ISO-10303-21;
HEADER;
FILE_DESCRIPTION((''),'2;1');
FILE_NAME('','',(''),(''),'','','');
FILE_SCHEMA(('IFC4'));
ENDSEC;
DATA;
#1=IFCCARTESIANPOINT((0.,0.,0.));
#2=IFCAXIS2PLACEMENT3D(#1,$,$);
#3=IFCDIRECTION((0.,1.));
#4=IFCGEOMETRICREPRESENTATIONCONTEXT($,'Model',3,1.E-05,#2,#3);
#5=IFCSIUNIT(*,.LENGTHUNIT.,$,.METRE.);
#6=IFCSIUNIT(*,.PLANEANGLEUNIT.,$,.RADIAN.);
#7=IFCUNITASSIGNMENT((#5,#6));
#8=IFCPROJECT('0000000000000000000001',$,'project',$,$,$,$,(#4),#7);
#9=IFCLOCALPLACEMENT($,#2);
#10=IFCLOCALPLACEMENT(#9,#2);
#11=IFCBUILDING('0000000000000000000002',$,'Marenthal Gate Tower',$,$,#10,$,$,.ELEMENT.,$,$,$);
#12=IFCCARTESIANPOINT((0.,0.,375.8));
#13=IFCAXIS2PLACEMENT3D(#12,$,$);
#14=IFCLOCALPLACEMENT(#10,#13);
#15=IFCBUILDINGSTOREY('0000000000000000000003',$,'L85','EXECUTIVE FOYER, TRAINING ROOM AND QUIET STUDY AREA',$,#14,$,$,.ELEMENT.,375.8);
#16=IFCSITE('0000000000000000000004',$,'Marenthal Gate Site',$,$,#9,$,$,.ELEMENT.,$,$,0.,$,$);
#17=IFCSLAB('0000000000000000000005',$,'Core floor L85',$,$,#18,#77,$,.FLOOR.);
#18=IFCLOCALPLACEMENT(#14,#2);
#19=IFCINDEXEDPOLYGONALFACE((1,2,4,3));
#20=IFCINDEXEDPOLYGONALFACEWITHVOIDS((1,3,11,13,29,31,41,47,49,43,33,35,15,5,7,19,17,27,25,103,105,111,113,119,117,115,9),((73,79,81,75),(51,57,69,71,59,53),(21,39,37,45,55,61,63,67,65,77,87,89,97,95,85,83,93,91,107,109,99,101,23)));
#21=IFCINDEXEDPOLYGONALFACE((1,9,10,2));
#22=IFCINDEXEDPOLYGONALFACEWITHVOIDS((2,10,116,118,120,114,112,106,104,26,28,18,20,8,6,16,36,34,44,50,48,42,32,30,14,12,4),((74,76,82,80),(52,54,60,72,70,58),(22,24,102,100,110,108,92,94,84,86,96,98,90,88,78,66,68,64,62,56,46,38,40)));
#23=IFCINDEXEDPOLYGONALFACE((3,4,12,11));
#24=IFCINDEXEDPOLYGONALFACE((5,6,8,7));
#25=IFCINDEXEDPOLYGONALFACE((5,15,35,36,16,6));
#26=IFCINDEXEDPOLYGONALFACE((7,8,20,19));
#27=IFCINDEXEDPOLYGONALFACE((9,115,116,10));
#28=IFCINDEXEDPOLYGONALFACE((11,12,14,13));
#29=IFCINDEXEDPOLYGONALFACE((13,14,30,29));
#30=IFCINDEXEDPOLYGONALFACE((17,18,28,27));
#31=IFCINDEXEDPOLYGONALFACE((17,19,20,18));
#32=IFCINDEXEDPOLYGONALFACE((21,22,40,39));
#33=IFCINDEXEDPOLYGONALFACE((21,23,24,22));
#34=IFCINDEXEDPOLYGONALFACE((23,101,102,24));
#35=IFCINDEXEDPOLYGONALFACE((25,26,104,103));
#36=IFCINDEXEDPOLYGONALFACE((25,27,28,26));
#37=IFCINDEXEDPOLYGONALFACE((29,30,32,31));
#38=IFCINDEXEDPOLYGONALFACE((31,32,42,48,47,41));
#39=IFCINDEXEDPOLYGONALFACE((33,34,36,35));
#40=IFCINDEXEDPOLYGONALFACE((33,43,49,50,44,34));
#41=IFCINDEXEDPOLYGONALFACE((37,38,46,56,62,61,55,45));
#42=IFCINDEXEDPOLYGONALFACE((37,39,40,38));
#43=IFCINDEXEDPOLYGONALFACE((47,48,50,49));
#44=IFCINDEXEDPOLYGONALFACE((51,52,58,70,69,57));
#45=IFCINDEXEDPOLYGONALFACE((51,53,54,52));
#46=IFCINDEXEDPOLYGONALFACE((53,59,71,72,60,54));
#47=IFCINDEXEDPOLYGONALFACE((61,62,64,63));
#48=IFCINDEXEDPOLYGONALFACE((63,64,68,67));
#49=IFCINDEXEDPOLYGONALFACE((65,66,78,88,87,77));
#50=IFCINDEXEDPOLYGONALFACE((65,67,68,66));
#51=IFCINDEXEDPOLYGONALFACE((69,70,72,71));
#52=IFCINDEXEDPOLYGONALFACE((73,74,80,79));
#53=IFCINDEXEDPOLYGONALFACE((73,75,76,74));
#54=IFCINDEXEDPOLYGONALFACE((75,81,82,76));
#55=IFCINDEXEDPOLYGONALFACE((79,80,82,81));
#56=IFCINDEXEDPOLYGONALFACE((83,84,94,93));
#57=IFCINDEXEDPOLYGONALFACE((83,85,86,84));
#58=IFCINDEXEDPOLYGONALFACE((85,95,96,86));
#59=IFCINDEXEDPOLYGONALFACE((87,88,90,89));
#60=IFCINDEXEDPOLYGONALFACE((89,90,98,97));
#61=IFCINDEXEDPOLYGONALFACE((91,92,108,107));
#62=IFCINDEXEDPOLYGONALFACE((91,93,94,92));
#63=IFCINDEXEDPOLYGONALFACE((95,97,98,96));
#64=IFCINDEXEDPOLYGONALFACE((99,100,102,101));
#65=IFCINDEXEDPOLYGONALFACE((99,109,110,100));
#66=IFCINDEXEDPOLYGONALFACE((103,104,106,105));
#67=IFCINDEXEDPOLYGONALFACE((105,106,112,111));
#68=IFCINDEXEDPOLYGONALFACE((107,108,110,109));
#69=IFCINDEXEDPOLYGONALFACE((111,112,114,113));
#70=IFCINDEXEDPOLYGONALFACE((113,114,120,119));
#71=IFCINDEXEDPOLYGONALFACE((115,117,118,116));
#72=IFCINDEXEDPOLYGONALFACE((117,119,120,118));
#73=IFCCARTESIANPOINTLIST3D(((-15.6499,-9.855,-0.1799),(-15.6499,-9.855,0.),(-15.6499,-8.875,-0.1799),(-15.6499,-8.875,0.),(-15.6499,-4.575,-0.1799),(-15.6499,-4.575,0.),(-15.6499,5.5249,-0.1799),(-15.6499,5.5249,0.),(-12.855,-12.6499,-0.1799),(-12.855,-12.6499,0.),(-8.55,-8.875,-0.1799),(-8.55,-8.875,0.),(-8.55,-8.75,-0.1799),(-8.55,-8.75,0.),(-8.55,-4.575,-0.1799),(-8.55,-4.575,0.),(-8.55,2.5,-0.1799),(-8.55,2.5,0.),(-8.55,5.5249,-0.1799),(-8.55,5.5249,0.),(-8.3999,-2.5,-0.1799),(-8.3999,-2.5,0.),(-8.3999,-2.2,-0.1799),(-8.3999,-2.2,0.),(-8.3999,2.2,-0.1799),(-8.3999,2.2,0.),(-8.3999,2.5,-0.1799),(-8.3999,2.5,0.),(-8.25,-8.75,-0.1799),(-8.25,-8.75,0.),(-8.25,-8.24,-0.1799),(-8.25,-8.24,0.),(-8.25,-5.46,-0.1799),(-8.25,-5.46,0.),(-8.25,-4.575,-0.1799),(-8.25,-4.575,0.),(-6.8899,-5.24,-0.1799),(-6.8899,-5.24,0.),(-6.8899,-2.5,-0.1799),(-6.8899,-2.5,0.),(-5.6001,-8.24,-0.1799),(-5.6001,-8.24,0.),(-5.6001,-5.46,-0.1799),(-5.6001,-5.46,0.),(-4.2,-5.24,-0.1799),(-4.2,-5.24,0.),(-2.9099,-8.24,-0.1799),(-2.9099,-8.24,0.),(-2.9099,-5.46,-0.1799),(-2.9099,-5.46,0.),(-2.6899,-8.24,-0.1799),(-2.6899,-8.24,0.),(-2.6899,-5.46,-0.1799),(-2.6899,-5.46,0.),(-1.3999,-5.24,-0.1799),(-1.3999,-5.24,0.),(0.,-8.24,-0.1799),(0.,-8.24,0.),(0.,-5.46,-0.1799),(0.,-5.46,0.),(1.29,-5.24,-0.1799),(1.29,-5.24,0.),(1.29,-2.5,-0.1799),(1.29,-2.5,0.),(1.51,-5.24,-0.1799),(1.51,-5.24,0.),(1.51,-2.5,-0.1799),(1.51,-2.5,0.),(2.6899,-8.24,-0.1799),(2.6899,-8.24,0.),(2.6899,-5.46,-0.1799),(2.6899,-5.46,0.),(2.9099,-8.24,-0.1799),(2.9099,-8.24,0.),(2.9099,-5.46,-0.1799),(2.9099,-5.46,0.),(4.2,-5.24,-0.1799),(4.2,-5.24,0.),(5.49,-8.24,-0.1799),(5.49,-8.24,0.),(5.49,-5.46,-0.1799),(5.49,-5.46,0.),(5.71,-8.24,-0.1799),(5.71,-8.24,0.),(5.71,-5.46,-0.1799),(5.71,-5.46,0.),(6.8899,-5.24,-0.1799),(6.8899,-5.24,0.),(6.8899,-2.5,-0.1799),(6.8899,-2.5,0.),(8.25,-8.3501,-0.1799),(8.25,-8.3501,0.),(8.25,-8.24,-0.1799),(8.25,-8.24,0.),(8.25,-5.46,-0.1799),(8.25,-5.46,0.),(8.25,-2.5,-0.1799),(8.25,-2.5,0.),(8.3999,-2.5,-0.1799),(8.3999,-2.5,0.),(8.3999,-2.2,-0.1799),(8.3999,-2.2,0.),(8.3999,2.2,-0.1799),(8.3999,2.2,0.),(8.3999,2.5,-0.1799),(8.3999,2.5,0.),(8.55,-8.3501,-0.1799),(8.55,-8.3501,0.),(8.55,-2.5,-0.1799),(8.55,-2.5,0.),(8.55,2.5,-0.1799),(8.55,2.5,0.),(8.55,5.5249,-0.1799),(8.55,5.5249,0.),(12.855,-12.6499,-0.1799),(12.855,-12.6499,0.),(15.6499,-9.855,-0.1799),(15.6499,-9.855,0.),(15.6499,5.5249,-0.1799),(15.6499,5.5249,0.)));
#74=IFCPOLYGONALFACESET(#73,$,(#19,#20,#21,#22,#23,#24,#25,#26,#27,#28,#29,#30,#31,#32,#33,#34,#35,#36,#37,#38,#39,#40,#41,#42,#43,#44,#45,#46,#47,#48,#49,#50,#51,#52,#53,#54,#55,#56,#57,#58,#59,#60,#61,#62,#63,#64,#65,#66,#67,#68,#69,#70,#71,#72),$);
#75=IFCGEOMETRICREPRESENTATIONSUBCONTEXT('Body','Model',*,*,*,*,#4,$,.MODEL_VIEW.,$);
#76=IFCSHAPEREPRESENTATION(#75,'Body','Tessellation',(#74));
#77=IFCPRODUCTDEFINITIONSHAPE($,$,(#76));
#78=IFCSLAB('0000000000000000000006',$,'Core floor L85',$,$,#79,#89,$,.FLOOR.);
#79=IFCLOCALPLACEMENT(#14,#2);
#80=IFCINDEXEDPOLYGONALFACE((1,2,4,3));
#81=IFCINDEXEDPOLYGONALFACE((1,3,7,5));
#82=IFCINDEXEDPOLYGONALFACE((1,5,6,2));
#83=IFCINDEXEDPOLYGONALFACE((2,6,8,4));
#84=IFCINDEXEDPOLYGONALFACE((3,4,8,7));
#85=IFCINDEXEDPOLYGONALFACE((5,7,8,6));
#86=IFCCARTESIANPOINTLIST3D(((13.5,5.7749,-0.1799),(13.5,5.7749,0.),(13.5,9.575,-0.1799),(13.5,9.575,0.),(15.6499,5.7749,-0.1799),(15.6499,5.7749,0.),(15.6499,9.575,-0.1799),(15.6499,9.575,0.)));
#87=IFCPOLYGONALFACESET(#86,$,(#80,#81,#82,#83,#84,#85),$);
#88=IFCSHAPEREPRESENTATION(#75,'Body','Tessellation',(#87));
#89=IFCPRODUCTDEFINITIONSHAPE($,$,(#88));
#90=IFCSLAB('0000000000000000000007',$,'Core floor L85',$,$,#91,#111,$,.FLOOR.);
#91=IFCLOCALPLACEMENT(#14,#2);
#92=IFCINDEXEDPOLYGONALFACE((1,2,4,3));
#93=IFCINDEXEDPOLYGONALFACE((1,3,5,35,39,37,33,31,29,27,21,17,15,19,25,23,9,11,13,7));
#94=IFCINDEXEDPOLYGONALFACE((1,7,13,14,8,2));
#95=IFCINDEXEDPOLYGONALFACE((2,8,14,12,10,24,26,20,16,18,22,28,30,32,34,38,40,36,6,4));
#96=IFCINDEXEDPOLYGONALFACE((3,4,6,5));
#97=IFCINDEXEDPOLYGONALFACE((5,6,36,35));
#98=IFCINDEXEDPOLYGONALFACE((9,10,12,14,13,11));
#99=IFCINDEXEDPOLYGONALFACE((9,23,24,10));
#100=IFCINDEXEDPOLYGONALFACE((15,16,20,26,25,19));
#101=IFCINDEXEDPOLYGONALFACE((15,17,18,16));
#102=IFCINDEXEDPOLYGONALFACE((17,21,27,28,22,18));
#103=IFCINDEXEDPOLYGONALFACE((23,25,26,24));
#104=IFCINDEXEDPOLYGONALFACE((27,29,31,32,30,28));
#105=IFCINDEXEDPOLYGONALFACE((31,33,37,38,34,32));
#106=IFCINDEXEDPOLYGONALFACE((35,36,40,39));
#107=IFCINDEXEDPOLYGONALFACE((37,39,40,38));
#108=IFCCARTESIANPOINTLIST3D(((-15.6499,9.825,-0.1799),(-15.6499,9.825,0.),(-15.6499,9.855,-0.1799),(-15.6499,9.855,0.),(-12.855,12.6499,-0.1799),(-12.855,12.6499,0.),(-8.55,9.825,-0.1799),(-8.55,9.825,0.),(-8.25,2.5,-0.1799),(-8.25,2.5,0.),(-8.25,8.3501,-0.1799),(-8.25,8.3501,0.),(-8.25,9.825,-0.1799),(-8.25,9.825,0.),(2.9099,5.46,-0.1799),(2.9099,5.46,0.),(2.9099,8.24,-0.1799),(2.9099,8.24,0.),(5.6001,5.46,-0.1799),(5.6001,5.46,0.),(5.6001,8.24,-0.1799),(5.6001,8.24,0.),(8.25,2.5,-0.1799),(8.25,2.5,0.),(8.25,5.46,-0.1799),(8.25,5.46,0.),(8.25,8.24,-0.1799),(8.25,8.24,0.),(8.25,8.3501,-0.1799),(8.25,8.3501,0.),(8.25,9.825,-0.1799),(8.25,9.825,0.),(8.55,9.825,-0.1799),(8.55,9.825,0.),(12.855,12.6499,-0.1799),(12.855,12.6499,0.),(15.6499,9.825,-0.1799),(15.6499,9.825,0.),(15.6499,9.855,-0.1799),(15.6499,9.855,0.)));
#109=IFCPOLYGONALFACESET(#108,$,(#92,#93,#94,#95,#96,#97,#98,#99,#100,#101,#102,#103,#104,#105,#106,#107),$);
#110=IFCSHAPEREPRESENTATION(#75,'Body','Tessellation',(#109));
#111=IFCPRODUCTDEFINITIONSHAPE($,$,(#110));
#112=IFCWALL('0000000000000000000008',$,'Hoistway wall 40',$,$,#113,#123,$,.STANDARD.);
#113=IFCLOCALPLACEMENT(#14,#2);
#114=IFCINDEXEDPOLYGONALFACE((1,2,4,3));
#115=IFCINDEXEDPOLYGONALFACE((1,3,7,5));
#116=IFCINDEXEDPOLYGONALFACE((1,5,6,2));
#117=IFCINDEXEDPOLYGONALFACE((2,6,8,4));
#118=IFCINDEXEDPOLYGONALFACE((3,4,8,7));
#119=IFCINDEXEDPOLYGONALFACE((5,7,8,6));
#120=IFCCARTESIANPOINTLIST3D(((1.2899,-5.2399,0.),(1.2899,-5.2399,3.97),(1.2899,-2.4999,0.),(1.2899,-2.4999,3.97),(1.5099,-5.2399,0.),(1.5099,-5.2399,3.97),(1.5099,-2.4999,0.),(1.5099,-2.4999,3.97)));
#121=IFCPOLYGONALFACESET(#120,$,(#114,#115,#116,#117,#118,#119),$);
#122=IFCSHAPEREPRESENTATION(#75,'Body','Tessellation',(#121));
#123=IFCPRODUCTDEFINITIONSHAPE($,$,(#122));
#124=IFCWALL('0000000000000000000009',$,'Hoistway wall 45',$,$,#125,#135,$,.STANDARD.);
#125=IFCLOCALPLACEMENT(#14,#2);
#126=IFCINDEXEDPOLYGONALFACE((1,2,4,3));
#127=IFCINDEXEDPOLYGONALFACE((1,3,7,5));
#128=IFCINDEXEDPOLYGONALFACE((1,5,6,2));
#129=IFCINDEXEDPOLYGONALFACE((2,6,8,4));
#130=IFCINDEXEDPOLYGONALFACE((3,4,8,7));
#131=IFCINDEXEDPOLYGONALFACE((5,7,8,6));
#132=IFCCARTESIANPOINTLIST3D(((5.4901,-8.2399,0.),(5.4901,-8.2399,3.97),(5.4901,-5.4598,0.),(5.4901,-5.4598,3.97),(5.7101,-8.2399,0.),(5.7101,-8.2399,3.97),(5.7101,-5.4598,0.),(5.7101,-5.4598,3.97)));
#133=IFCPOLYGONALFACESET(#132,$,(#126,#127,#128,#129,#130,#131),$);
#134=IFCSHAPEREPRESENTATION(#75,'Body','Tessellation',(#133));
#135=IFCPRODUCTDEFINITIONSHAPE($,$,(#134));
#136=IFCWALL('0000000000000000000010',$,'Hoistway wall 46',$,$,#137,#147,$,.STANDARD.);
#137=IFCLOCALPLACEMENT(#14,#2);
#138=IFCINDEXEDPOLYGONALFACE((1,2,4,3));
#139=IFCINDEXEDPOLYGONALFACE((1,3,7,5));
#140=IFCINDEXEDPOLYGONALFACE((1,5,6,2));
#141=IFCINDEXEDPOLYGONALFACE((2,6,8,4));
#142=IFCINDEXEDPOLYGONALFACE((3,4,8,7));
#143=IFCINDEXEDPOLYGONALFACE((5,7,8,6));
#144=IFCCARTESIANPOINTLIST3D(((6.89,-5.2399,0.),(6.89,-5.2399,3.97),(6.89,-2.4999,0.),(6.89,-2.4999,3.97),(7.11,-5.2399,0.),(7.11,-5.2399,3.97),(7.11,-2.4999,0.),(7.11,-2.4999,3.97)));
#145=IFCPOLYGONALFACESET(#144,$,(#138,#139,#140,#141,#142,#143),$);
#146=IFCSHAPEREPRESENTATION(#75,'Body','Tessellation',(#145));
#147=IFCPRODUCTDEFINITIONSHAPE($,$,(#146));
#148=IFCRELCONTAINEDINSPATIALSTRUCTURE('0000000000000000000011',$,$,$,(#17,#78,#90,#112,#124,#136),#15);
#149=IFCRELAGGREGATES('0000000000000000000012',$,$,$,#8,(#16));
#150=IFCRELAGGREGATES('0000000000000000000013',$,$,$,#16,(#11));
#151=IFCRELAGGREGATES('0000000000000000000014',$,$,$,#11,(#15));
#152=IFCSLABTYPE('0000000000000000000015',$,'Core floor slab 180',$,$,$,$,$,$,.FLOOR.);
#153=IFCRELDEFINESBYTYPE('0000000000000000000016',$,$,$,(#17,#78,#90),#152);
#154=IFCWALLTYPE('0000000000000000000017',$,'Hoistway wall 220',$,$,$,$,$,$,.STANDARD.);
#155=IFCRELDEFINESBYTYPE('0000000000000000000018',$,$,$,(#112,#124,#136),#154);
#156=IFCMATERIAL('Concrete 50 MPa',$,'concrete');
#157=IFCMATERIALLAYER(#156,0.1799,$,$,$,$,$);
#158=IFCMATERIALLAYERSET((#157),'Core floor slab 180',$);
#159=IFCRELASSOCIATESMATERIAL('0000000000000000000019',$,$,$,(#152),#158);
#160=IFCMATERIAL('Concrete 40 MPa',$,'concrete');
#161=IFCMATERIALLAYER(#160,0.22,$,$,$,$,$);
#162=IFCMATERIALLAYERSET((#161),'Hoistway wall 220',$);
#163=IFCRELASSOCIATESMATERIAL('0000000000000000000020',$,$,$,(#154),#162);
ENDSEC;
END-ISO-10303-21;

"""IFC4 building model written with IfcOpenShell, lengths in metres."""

from ifc_helpers import new_model, si_unit, direction, frame, frame_2d, origin, place, context, subcontext, project, spatial, polyline, rectangle, outline, extrude, material, layer, layer_set, type_object, element, save


model = new_model("IFC4")

# Units and contexts
model_context = context("Model", 3, precision=1e-05, world=origin(), true_north=direction((0.0, 1.0)))
body_context = subcontext(model_context, "Body", "Model", "MODEL_VIEW")
ifc_project = project(units=[si_unit("LENGTHUNIT", "METRE"), si_unit("PLANEANGLEUNIT", "RADIAN")], contexts=[model_context])

# Site, building, storey
site_placement = place(None, origin())
site = spatial("IfcSite", under=ifc_project, at=site_placement, Name="Marenthal Gate Site", CompositionType="ELEMENT", RefElevation=0.0)
building_placement = place(site_placement, origin())
building = spatial("IfcBuilding", under=site, at=building_placement, Name="Marenthal Gate Tower", CompositionType="ELEMENT")
storey_placement = place(building_placement, frame((0.0, 0.0, 375.8)))
storey = spatial("IfcBuildingStorey", under=building, at=storey_placement, Name="L85", Description="EXECUTIVE FOYER, TRAINING ROOM AND QUIET STUDY AREA", CompositionType="ELEMENT", Elevation=375.8)

# Slabs
ifc_material_1 = material(Name="Concrete 50 MPa", Category="concrete")
ifc_layer_1 = layer(ifc_material_1, 0.1799)
ifc_layer_set_1 = layer_set([ifc_layer_1], Name="Core floor slab 180")
slab_type_1 = type_object("IfcSlabType", Name="Core floor slab 180", PredefinedType="FLOOR", material=ifc_layer_set_1)
slab_1_placement = place(storey_placement, frame((0.0, 0.0, -0.1799)))
element("IfcSlab", 1, at=slab_1_placement, inside=storey, type_object=slab_type_1, Name="Core floor L85", PredefinedType="FLOOR", context=body_context, shape_type="SweptSolid", body=[
    extrude(outline(polyline([(12.855, -12.6499), (-12.855, -12.6499), (-15.6499, -9.855), (-15.6499, -8.875), (-8.55, -8.875), (-8.55, -8.75), (-8.25, -8.75), (-8.25, -8.24), (-5.6001, -8.24), (-2.9099, -8.24), (-2.9099, -5.46), (-5.6001, -5.46), (-8.25, -5.46), (-8.25, -4.575), (-8.55, -4.575), (-15.6499, -4.575), (-15.6499, 5.5249), (-8.55, 5.5249), (-8.55, 2.5), (-8.3999, 2.5), (-8.3999, 2.2), (8.3999, 2.2), (8.3999, 2.5), (8.55, 2.5), (8.55, 5.5249), (15.6499, 5.5249), (15.6499, -9.855), (12.855, -12.6499)]), holes=[polyline([(0.0, -8.24), (2.6899, -8.24), (2.6899, -5.46), (0.0, -5.46), (-2.6899, -5.46), (-2.6899, -8.24), (0.0, -8.24)]), polyline([(1.29, -5.24), (1.29, -2.5), (1.51, -2.5), (1.51, -5.24), (4.2, -5.24), (6.8899, -5.24), (6.8899, -2.5), (8.25, -2.5), (8.25, -5.46), (5.71, -5.46), (5.71, -8.24), (8.25, -8.24), (8.25, -8.3501), (8.55, -8.3501), (8.55, -2.5), (8.3999, -2.5), (8.3999, -2.2), (-8.3999, -2.2), (-8.3999, -2.5), (-6.8899, -2.5), (-6.8899, -5.24), (-4.2, -5.24), (-1.3999, -5.24), (1.29, -5.24)]), polyline([(5.49, -5.46), (2.9099, -5.46), (2.9099, -8.24), (5.49, -8.24), (5.49, -5.46)])]), origin(), (0.0, 0.0, 1.0), 0.1799),
])
slab_2_placement = place(storey_placement, frame((0.0, 0.0, -0.1799)))
element("IfcSlab", 2, at=slab_2_placement, inside=storey, type_object=slab_type_1, Name="Core floor L85", PredefinedType="FLOOR", context=body_context, shape_type="SweptSolid", body=[
    extrude(outline(polyline([(15.6499, 5.7749), (13.5, 5.7749), (13.5, 9.575), (15.6499, 9.575), (15.6499, 5.7749)])), origin(), (0.0, 0.0, 1.0), 0.1799),
])
slab_3_placement = place(storey_placement, frame((0.0, 0.0, -0.1799)))
element("IfcSlab", 3, at=slab_3_placement, inside=storey, type_object=slab_type_1, Name="Core floor L85", PredefinedType="FLOOR", context=body_context, shape_type="SweptSolid", body=[
    extrude(outline(polyline([(15.6499, 9.825), (8.55, 9.825), (8.25, 9.825), (8.25, 8.3501), (8.25, 8.24), (5.6001, 8.24), (2.9099, 8.24), (2.9099, 5.46), (5.6001, 5.46), (8.25, 5.46), (8.25, 2.5), (-8.25, 2.5), (-8.25, 8.3501), (-8.25, 9.825), (-8.55, 9.825), (-15.6499, 9.825), (-15.6499, 9.855), (-12.855, 12.6499), (12.855, 12.6499), (15.6499, 9.855), (15.6499, 9.825)])), origin(), (0.0, 0.0, 1.0), 0.1799),
])

# Walls
ifc_material_2 = material(Name="Concrete 40 MPa", Category="concrete")
ifc_layer_2 = layer(ifc_material_2, 0.22)
ifc_layer_set_2 = layer_set([ifc_layer_2], Name="Hoistway wall 220")
wall_type_1 = type_object("IfcWallType", Name="Hoistway wall 220", PredefinedType="STANDARD", material=ifc_layer_set_2)
wall_1_placement = place(storey_placement, frame((1.3999, -5.24, 0.0), z_axis=(0.0, 0.0, 1.0), x_axis=(0.0, 1.0, 0.0)))
element("IfcWall", 4, at=wall_1_placement, inside=storey, type_object=wall_type_1, Name="Hoistway wall 40", PredefinedType="STANDARD", context=body_context, shape_type="SweptSolid", body=[
    extrude(rectangle(XDim=2.74, YDim=0.22, at=frame_2d((1.3701, 0.0))), origin(), (0.0, 0.0, 1.0), 3.97),
])
wall_2_placement = place(storey_placement, frame((5.6001, -8.24, 0.0), z_axis=(0.0, 0.0, 1.0), x_axis=(0.0, 1.0, 0.0)))
element("IfcWall", 5, at=wall_2_placement, inside=storey, type_object=wall_type_1, Name="Hoistway wall 45", PredefinedType="STANDARD", context=body_context, shape_type="SweptSolid", body=[
    extrude(rectangle(XDim=2.78, YDim=0.22, at=frame_2d((1.3901, 0.0))), origin(), (0.0, 0.0, 1.0), 3.97),
])
wall_3_placement = place(storey_placement, frame((7.0, -5.24, 0.0), z_axis=(0.0, 0.0, 1.0), x_axis=(0.0, 1.0, 0.0)))
element("IfcWall", 6, at=wall_3_placement, inside=storey, type_object=wall_type_1, Name="Hoistway wall 46", PredefinedType="STANDARD", context=body_context, shape_type="SweptSolid", body=[
    extrude(rectangle(XDim=2.74, YDim=0.22, at=frame_2d((1.3701, 0.0))), origin(), (0.0, 0.0, 1.0), 3.97),
])

save(model, "model.ifc")
